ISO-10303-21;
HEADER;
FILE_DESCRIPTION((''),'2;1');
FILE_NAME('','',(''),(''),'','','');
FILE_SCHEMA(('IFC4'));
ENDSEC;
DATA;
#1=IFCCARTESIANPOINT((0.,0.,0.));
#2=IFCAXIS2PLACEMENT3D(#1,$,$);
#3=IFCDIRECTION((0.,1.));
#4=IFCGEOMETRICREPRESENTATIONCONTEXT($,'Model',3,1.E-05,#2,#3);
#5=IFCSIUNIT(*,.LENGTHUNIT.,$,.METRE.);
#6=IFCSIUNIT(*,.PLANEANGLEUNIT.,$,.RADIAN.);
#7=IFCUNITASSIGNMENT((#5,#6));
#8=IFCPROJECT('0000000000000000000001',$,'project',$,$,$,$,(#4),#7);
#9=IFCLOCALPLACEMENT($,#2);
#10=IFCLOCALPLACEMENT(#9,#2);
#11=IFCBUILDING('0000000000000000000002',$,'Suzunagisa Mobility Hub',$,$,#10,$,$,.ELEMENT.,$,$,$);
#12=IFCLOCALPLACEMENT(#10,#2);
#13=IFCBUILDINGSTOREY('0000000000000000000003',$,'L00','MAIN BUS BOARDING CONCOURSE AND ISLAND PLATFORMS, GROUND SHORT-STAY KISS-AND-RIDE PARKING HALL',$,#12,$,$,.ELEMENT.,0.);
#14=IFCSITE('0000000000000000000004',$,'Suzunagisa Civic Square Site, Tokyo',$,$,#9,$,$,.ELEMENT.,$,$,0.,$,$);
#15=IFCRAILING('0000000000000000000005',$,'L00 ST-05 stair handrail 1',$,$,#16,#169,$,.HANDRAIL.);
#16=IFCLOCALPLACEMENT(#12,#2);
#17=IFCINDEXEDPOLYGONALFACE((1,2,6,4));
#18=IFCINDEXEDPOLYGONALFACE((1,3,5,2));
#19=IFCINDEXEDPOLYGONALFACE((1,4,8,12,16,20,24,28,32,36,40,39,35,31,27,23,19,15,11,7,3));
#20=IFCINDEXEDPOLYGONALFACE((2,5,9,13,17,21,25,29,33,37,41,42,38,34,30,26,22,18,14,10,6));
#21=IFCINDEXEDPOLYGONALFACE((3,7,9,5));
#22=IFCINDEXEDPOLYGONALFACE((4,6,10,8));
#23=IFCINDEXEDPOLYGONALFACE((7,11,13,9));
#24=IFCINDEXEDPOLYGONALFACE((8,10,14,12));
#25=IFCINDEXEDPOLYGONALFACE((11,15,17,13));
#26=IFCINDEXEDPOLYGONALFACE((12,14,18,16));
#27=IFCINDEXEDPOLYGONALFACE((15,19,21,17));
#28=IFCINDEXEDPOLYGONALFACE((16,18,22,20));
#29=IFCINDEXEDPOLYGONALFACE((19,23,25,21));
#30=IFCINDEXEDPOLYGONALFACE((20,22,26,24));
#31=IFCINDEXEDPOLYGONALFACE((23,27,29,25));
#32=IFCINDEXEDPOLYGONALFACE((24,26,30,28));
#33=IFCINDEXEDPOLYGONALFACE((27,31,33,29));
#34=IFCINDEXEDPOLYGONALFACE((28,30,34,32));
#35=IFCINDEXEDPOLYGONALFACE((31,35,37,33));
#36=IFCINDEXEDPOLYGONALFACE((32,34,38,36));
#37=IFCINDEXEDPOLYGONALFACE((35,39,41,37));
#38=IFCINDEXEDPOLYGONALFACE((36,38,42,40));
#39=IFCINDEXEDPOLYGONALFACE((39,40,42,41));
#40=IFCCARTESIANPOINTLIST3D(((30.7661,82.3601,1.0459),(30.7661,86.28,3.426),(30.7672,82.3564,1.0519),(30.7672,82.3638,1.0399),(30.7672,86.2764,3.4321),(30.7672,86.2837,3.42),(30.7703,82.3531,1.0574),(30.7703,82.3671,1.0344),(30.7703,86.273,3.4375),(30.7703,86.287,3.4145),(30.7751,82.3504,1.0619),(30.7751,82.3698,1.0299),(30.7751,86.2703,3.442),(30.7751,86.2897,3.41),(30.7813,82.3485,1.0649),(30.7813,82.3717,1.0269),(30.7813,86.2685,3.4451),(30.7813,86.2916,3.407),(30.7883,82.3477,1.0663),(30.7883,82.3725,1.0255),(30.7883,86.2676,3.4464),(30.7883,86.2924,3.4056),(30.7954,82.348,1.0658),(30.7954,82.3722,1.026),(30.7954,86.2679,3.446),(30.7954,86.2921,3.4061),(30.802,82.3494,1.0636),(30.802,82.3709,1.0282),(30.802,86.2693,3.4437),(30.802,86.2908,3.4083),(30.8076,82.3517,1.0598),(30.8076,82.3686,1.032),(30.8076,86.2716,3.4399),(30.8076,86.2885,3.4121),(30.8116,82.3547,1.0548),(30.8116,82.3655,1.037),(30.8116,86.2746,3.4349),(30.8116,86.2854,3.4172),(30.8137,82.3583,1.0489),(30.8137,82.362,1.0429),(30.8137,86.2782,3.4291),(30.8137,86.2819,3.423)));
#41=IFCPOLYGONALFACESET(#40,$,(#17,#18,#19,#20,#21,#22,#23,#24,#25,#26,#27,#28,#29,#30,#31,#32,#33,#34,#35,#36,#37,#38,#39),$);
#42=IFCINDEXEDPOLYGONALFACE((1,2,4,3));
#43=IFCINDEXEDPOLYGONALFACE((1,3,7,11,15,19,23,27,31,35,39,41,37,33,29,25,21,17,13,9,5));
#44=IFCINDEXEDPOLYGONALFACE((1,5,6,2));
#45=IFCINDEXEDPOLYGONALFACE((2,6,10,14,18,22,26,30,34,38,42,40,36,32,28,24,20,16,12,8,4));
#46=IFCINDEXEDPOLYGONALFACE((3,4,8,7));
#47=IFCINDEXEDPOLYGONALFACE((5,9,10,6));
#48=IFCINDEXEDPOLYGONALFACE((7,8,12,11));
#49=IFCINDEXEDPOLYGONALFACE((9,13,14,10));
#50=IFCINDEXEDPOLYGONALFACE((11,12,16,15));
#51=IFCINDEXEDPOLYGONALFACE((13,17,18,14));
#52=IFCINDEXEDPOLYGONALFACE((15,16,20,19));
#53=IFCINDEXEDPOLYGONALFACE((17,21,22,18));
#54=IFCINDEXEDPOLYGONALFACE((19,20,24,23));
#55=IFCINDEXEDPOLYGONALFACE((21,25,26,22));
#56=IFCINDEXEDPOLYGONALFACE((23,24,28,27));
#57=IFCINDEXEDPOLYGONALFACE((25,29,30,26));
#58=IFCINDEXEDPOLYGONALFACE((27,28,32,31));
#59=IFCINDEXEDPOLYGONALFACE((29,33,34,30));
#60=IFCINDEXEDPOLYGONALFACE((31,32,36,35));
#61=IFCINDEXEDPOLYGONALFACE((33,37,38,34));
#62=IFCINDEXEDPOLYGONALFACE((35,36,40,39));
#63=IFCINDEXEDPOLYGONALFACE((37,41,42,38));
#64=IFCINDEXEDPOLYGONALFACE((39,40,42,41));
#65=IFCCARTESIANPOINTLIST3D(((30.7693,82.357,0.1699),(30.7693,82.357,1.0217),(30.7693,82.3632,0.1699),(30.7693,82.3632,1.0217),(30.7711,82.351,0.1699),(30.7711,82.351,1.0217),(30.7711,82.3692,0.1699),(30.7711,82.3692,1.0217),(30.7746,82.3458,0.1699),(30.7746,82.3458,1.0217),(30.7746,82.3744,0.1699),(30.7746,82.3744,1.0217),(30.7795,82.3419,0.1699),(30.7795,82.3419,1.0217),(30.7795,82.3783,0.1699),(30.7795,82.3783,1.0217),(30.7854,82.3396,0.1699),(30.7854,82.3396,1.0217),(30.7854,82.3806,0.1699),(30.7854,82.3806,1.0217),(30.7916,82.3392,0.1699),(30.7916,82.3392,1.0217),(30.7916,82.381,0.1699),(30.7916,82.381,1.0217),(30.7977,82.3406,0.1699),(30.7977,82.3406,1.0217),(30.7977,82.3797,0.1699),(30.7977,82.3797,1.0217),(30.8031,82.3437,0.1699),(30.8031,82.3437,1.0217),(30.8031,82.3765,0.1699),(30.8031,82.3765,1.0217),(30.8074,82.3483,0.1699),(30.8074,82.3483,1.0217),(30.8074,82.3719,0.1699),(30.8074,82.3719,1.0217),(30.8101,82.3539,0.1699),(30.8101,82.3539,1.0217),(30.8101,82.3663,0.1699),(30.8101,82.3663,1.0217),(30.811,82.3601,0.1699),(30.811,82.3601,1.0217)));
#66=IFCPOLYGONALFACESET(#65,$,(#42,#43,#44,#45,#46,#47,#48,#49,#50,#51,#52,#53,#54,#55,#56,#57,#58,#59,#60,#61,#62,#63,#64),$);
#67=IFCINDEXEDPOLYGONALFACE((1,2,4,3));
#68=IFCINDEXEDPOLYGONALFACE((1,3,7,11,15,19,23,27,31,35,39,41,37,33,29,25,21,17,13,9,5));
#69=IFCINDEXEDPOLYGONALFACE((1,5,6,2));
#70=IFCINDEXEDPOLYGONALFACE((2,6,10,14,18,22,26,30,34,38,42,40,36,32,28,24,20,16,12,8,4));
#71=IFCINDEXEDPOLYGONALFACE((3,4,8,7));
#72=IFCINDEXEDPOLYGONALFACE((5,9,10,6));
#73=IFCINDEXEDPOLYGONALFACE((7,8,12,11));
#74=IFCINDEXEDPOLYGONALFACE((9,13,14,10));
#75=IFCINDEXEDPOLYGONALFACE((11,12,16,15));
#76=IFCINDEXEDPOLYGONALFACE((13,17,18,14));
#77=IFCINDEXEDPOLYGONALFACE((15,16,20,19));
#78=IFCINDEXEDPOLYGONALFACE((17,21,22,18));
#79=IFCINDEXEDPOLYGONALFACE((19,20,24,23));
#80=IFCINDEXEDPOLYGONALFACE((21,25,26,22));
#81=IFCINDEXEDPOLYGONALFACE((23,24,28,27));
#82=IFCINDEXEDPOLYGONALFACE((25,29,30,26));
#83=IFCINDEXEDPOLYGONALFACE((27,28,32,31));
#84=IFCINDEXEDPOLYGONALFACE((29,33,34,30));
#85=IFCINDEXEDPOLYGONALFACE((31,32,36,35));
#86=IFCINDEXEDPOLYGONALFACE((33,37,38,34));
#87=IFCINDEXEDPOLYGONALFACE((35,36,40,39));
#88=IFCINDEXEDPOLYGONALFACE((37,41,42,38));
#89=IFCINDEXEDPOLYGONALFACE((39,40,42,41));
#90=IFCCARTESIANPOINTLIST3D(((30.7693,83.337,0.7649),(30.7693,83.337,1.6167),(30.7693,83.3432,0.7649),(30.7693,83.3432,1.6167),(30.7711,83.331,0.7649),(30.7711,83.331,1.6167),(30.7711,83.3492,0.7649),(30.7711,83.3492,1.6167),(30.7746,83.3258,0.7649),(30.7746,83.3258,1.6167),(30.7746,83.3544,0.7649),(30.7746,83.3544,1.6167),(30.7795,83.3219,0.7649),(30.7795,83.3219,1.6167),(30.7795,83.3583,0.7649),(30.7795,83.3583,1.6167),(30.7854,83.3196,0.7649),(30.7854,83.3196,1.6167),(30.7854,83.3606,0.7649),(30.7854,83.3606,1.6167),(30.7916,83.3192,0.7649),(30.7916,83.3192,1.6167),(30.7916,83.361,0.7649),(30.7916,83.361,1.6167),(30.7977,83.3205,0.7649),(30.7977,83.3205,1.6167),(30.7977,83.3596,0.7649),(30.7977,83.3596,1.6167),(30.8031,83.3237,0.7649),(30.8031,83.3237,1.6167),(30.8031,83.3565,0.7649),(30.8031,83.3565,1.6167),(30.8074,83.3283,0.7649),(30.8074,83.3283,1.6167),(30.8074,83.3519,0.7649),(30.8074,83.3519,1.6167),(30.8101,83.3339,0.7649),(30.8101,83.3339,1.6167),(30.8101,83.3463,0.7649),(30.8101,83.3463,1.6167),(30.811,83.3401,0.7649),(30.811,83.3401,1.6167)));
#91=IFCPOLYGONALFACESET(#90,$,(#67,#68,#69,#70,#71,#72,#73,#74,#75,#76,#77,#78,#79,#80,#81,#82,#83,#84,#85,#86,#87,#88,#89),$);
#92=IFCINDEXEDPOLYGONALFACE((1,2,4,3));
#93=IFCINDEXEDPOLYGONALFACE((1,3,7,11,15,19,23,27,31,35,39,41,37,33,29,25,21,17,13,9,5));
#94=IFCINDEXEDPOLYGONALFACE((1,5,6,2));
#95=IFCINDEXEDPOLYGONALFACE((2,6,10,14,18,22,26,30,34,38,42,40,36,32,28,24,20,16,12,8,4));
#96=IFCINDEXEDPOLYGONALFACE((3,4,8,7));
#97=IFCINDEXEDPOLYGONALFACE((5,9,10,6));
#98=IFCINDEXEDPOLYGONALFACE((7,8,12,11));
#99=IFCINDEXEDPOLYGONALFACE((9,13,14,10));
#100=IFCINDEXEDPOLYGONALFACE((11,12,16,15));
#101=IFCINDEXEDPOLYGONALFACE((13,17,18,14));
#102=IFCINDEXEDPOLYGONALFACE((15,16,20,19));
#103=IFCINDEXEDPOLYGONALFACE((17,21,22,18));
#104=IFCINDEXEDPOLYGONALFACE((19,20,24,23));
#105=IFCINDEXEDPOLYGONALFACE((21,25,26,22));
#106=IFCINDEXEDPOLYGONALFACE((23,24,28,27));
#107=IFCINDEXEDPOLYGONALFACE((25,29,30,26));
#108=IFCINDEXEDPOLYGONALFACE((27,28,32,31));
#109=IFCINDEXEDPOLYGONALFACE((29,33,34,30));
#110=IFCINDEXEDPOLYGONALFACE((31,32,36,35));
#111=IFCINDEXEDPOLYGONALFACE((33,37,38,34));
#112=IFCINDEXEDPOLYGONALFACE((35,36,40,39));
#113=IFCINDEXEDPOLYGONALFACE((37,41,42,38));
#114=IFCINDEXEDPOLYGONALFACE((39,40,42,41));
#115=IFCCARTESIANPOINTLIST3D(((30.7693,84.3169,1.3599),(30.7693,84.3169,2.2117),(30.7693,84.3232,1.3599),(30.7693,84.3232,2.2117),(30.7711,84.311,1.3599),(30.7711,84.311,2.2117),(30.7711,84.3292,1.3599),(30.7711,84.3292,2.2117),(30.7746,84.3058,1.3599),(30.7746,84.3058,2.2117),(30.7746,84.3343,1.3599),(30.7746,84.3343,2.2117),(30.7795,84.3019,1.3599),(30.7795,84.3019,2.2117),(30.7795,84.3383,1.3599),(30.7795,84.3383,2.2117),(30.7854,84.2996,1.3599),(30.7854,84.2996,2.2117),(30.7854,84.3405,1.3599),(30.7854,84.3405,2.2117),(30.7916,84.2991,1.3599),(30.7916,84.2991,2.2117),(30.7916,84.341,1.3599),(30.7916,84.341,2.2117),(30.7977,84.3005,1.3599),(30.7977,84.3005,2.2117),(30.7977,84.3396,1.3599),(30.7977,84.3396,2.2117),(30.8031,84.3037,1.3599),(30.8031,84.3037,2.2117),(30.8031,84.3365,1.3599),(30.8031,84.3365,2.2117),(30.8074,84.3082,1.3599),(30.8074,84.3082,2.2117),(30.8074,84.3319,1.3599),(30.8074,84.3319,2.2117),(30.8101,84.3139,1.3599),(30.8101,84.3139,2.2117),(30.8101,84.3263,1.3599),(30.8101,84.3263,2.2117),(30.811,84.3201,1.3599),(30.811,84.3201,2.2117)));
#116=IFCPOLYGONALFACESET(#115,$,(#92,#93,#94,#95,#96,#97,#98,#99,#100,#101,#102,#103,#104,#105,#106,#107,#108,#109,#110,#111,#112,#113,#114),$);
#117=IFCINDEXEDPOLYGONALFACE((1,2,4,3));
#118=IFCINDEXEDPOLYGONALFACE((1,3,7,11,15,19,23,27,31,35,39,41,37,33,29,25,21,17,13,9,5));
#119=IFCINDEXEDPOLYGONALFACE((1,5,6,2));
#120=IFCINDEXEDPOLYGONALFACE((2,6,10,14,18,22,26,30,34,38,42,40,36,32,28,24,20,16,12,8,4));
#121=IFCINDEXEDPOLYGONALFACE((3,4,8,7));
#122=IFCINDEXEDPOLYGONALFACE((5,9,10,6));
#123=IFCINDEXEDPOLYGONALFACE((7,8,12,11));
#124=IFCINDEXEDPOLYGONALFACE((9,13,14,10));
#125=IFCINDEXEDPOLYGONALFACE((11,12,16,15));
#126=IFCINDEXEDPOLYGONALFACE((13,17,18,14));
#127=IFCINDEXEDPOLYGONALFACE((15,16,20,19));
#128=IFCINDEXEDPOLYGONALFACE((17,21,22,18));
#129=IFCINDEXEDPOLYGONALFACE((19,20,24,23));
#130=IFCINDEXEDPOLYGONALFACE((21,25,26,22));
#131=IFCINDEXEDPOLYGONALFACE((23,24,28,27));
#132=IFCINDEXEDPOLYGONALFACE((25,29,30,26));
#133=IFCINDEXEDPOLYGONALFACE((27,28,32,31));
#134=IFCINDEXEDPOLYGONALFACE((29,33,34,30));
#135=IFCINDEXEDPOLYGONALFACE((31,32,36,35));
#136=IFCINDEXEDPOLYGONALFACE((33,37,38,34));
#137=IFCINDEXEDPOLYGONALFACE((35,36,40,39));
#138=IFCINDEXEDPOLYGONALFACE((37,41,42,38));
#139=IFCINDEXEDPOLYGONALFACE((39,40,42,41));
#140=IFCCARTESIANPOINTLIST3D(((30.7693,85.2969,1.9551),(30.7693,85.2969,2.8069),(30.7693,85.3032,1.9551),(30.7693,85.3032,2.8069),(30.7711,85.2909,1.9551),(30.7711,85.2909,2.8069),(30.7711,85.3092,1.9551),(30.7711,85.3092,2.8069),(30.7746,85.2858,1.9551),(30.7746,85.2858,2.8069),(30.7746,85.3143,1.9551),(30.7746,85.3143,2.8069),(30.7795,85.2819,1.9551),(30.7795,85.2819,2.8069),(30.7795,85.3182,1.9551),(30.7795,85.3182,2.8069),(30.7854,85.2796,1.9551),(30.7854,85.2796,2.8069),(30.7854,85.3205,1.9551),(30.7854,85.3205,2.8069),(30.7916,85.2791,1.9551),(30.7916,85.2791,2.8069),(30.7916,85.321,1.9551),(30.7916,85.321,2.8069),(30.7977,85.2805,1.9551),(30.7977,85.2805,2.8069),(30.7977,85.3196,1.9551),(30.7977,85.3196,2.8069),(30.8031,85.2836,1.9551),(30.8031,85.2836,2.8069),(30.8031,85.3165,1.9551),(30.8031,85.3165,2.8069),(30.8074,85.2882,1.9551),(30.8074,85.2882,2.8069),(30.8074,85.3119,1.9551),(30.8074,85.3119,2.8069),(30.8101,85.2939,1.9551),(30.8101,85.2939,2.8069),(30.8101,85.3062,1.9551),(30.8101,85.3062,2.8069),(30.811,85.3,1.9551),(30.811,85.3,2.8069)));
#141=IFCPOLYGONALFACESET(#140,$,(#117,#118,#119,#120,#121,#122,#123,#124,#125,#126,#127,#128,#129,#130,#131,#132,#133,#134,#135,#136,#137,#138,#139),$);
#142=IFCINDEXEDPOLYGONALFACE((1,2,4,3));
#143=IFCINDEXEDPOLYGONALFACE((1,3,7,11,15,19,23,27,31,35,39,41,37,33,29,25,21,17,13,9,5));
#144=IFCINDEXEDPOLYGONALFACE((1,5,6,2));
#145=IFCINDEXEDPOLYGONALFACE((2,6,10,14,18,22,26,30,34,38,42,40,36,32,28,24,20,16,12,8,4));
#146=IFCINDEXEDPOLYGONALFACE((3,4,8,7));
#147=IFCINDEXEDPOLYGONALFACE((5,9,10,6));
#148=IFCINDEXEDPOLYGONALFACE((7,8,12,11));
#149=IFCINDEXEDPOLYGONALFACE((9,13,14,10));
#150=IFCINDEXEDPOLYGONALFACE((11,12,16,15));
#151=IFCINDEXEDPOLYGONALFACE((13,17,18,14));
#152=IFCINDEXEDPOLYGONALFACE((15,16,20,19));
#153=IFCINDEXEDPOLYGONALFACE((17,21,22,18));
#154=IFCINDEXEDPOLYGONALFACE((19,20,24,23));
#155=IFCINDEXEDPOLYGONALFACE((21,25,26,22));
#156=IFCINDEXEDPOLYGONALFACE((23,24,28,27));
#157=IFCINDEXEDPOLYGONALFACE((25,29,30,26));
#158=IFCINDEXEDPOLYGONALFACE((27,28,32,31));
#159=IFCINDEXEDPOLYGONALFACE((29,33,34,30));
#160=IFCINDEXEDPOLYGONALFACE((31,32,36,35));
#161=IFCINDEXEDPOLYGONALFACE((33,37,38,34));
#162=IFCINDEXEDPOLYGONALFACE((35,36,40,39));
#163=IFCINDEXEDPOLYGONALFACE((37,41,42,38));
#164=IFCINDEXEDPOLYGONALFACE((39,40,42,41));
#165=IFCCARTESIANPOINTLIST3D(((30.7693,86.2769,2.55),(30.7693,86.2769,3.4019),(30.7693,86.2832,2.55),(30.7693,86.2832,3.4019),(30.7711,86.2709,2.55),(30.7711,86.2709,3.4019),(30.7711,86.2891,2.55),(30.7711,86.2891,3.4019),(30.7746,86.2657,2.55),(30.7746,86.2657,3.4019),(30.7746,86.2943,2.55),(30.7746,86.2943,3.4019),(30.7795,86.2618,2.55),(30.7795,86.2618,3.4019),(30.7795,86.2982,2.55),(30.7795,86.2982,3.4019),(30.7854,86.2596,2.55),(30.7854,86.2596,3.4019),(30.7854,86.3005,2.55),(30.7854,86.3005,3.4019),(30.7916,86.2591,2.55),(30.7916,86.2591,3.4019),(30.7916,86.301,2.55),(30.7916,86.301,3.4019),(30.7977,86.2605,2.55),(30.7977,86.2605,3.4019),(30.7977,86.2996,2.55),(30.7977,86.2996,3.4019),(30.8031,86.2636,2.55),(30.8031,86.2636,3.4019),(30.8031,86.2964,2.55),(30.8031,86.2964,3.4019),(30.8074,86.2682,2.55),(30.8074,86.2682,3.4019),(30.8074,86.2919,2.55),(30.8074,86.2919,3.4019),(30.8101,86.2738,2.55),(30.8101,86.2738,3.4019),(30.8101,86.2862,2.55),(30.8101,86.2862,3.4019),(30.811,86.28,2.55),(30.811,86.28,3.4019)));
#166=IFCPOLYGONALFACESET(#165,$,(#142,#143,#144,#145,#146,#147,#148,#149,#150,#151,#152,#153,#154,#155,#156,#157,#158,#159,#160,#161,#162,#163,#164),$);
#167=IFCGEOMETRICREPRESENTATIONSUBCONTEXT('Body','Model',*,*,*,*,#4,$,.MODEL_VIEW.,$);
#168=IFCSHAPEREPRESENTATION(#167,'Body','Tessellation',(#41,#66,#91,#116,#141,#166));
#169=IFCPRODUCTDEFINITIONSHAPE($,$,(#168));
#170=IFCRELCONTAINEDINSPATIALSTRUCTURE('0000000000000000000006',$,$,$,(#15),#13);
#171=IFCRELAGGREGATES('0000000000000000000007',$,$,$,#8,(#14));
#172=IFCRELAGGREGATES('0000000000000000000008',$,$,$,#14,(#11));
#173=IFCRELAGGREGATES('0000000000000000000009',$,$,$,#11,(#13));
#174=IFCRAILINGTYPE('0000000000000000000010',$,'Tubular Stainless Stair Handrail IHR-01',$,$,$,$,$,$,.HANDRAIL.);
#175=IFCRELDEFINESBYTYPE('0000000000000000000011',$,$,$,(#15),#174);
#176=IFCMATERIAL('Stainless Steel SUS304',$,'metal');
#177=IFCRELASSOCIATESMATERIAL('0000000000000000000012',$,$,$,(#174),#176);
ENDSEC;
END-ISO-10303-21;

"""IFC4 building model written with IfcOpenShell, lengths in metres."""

from ifc_helpers import new_model, si_unit, direction, frame, origin, origin_2d, place, context, subcontext, project, spatial, circle, extrude, material, type_object, element, save


model = new_model("IFC4")

# Units and contexts
model_context = context("Model", 3, precision=1e-05, world=origin(), true_north=direction((0.0, 1.0)))
body_context = subcontext(model_context, "Body", "Model", "MODEL_VIEW")
ifc_project = project(units=[si_unit("LENGTHUNIT", "METRE"), si_unit("PLANEANGLEUNIT", "RADIAN")], contexts=[model_context])

# Site, building, storey
site_placement = place(None, origin())
site = spatial("IfcSite", under=ifc_project, at=site_placement, Name="Suzunagisa Civic Square Site, Tokyo", CompositionType="ELEMENT", RefElevation=0.0)
building_placement = place(site_placement, origin())
building = spatial("IfcBuilding", under=site, at=building_placement, Name="Suzunagisa Mobility Hub", CompositionType="ELEMENT")
storey_placement = place(building_placement, origin())
storey = spatial("IfcBuildingStorey", under=building, at=storey_placement, Name="L00", Description="MAIN BUS BOARDING CONCOURSE AND ISLAND PLATFORMS, GROUND SHORT-STAY KISS-AND-RIDE PARKING HALL", CompositionType="ELEMENT", Elevation=0.0)

# Railing
ifc_material_1 = material(Name="Stainless Steel SUS304", Category="metal")
railing_type_1 = type_object("IfcRailingType", Name="Tubular Stainless Stair Handrail IHR-01", PredefinedType="HANDRAIL", material=ifc_material_1)
railing_1_placement = place(storey_placement, frame((30.79, 82.3601, 0.1699)))
element("IfcRailing", 1, at=railing_1_placement, inside=storey, type_object=railing_type_1, Name="L00 ST-05 stair handrail 1", PredefinedType="HANDRAIL", context=body_context, shape_type="SweptSolid", body=[
    extrude(circle(Radius=0.0239, at=origin_2d()), frame((0.0, 0.0, 0.876), z_axis=(0.0, 0.854771, 0.519006), x_axis=(-1.0, 0.0, 0.0)), (0.0, 0.0, 1.0), 4.5859),
    extrude(circle(Radius=0.021, at=origin_2d()), origin(), (0.0, 0.0, 1.0), 0.8518),
    extrude(circle(Radius=0.021, at=origin_2d()), frame((0.0, 0.98, 0.595)), (0.0, 0.0, 1.0), 0.8518),
    extrude(circle(Radius=0.021, at=origin_2d()), frame((0.0, 1.96, 1.1899)), (0.0, 0.0, 1.0), 0.8518),
    extrude(circle(Radius=0.021, at=origin_2d()), frame((0.0, 2.9399, 1.7852)), (0.0, 0.0, 1.0), 0.8518),
    extrude(circle(Radius=0.021, at=origin_2d()), frame((0.0, 3.9199, 2.3801)), (0.0, 0.0, 1.0), 0.8518),
])

save(model, "model.ifc")
